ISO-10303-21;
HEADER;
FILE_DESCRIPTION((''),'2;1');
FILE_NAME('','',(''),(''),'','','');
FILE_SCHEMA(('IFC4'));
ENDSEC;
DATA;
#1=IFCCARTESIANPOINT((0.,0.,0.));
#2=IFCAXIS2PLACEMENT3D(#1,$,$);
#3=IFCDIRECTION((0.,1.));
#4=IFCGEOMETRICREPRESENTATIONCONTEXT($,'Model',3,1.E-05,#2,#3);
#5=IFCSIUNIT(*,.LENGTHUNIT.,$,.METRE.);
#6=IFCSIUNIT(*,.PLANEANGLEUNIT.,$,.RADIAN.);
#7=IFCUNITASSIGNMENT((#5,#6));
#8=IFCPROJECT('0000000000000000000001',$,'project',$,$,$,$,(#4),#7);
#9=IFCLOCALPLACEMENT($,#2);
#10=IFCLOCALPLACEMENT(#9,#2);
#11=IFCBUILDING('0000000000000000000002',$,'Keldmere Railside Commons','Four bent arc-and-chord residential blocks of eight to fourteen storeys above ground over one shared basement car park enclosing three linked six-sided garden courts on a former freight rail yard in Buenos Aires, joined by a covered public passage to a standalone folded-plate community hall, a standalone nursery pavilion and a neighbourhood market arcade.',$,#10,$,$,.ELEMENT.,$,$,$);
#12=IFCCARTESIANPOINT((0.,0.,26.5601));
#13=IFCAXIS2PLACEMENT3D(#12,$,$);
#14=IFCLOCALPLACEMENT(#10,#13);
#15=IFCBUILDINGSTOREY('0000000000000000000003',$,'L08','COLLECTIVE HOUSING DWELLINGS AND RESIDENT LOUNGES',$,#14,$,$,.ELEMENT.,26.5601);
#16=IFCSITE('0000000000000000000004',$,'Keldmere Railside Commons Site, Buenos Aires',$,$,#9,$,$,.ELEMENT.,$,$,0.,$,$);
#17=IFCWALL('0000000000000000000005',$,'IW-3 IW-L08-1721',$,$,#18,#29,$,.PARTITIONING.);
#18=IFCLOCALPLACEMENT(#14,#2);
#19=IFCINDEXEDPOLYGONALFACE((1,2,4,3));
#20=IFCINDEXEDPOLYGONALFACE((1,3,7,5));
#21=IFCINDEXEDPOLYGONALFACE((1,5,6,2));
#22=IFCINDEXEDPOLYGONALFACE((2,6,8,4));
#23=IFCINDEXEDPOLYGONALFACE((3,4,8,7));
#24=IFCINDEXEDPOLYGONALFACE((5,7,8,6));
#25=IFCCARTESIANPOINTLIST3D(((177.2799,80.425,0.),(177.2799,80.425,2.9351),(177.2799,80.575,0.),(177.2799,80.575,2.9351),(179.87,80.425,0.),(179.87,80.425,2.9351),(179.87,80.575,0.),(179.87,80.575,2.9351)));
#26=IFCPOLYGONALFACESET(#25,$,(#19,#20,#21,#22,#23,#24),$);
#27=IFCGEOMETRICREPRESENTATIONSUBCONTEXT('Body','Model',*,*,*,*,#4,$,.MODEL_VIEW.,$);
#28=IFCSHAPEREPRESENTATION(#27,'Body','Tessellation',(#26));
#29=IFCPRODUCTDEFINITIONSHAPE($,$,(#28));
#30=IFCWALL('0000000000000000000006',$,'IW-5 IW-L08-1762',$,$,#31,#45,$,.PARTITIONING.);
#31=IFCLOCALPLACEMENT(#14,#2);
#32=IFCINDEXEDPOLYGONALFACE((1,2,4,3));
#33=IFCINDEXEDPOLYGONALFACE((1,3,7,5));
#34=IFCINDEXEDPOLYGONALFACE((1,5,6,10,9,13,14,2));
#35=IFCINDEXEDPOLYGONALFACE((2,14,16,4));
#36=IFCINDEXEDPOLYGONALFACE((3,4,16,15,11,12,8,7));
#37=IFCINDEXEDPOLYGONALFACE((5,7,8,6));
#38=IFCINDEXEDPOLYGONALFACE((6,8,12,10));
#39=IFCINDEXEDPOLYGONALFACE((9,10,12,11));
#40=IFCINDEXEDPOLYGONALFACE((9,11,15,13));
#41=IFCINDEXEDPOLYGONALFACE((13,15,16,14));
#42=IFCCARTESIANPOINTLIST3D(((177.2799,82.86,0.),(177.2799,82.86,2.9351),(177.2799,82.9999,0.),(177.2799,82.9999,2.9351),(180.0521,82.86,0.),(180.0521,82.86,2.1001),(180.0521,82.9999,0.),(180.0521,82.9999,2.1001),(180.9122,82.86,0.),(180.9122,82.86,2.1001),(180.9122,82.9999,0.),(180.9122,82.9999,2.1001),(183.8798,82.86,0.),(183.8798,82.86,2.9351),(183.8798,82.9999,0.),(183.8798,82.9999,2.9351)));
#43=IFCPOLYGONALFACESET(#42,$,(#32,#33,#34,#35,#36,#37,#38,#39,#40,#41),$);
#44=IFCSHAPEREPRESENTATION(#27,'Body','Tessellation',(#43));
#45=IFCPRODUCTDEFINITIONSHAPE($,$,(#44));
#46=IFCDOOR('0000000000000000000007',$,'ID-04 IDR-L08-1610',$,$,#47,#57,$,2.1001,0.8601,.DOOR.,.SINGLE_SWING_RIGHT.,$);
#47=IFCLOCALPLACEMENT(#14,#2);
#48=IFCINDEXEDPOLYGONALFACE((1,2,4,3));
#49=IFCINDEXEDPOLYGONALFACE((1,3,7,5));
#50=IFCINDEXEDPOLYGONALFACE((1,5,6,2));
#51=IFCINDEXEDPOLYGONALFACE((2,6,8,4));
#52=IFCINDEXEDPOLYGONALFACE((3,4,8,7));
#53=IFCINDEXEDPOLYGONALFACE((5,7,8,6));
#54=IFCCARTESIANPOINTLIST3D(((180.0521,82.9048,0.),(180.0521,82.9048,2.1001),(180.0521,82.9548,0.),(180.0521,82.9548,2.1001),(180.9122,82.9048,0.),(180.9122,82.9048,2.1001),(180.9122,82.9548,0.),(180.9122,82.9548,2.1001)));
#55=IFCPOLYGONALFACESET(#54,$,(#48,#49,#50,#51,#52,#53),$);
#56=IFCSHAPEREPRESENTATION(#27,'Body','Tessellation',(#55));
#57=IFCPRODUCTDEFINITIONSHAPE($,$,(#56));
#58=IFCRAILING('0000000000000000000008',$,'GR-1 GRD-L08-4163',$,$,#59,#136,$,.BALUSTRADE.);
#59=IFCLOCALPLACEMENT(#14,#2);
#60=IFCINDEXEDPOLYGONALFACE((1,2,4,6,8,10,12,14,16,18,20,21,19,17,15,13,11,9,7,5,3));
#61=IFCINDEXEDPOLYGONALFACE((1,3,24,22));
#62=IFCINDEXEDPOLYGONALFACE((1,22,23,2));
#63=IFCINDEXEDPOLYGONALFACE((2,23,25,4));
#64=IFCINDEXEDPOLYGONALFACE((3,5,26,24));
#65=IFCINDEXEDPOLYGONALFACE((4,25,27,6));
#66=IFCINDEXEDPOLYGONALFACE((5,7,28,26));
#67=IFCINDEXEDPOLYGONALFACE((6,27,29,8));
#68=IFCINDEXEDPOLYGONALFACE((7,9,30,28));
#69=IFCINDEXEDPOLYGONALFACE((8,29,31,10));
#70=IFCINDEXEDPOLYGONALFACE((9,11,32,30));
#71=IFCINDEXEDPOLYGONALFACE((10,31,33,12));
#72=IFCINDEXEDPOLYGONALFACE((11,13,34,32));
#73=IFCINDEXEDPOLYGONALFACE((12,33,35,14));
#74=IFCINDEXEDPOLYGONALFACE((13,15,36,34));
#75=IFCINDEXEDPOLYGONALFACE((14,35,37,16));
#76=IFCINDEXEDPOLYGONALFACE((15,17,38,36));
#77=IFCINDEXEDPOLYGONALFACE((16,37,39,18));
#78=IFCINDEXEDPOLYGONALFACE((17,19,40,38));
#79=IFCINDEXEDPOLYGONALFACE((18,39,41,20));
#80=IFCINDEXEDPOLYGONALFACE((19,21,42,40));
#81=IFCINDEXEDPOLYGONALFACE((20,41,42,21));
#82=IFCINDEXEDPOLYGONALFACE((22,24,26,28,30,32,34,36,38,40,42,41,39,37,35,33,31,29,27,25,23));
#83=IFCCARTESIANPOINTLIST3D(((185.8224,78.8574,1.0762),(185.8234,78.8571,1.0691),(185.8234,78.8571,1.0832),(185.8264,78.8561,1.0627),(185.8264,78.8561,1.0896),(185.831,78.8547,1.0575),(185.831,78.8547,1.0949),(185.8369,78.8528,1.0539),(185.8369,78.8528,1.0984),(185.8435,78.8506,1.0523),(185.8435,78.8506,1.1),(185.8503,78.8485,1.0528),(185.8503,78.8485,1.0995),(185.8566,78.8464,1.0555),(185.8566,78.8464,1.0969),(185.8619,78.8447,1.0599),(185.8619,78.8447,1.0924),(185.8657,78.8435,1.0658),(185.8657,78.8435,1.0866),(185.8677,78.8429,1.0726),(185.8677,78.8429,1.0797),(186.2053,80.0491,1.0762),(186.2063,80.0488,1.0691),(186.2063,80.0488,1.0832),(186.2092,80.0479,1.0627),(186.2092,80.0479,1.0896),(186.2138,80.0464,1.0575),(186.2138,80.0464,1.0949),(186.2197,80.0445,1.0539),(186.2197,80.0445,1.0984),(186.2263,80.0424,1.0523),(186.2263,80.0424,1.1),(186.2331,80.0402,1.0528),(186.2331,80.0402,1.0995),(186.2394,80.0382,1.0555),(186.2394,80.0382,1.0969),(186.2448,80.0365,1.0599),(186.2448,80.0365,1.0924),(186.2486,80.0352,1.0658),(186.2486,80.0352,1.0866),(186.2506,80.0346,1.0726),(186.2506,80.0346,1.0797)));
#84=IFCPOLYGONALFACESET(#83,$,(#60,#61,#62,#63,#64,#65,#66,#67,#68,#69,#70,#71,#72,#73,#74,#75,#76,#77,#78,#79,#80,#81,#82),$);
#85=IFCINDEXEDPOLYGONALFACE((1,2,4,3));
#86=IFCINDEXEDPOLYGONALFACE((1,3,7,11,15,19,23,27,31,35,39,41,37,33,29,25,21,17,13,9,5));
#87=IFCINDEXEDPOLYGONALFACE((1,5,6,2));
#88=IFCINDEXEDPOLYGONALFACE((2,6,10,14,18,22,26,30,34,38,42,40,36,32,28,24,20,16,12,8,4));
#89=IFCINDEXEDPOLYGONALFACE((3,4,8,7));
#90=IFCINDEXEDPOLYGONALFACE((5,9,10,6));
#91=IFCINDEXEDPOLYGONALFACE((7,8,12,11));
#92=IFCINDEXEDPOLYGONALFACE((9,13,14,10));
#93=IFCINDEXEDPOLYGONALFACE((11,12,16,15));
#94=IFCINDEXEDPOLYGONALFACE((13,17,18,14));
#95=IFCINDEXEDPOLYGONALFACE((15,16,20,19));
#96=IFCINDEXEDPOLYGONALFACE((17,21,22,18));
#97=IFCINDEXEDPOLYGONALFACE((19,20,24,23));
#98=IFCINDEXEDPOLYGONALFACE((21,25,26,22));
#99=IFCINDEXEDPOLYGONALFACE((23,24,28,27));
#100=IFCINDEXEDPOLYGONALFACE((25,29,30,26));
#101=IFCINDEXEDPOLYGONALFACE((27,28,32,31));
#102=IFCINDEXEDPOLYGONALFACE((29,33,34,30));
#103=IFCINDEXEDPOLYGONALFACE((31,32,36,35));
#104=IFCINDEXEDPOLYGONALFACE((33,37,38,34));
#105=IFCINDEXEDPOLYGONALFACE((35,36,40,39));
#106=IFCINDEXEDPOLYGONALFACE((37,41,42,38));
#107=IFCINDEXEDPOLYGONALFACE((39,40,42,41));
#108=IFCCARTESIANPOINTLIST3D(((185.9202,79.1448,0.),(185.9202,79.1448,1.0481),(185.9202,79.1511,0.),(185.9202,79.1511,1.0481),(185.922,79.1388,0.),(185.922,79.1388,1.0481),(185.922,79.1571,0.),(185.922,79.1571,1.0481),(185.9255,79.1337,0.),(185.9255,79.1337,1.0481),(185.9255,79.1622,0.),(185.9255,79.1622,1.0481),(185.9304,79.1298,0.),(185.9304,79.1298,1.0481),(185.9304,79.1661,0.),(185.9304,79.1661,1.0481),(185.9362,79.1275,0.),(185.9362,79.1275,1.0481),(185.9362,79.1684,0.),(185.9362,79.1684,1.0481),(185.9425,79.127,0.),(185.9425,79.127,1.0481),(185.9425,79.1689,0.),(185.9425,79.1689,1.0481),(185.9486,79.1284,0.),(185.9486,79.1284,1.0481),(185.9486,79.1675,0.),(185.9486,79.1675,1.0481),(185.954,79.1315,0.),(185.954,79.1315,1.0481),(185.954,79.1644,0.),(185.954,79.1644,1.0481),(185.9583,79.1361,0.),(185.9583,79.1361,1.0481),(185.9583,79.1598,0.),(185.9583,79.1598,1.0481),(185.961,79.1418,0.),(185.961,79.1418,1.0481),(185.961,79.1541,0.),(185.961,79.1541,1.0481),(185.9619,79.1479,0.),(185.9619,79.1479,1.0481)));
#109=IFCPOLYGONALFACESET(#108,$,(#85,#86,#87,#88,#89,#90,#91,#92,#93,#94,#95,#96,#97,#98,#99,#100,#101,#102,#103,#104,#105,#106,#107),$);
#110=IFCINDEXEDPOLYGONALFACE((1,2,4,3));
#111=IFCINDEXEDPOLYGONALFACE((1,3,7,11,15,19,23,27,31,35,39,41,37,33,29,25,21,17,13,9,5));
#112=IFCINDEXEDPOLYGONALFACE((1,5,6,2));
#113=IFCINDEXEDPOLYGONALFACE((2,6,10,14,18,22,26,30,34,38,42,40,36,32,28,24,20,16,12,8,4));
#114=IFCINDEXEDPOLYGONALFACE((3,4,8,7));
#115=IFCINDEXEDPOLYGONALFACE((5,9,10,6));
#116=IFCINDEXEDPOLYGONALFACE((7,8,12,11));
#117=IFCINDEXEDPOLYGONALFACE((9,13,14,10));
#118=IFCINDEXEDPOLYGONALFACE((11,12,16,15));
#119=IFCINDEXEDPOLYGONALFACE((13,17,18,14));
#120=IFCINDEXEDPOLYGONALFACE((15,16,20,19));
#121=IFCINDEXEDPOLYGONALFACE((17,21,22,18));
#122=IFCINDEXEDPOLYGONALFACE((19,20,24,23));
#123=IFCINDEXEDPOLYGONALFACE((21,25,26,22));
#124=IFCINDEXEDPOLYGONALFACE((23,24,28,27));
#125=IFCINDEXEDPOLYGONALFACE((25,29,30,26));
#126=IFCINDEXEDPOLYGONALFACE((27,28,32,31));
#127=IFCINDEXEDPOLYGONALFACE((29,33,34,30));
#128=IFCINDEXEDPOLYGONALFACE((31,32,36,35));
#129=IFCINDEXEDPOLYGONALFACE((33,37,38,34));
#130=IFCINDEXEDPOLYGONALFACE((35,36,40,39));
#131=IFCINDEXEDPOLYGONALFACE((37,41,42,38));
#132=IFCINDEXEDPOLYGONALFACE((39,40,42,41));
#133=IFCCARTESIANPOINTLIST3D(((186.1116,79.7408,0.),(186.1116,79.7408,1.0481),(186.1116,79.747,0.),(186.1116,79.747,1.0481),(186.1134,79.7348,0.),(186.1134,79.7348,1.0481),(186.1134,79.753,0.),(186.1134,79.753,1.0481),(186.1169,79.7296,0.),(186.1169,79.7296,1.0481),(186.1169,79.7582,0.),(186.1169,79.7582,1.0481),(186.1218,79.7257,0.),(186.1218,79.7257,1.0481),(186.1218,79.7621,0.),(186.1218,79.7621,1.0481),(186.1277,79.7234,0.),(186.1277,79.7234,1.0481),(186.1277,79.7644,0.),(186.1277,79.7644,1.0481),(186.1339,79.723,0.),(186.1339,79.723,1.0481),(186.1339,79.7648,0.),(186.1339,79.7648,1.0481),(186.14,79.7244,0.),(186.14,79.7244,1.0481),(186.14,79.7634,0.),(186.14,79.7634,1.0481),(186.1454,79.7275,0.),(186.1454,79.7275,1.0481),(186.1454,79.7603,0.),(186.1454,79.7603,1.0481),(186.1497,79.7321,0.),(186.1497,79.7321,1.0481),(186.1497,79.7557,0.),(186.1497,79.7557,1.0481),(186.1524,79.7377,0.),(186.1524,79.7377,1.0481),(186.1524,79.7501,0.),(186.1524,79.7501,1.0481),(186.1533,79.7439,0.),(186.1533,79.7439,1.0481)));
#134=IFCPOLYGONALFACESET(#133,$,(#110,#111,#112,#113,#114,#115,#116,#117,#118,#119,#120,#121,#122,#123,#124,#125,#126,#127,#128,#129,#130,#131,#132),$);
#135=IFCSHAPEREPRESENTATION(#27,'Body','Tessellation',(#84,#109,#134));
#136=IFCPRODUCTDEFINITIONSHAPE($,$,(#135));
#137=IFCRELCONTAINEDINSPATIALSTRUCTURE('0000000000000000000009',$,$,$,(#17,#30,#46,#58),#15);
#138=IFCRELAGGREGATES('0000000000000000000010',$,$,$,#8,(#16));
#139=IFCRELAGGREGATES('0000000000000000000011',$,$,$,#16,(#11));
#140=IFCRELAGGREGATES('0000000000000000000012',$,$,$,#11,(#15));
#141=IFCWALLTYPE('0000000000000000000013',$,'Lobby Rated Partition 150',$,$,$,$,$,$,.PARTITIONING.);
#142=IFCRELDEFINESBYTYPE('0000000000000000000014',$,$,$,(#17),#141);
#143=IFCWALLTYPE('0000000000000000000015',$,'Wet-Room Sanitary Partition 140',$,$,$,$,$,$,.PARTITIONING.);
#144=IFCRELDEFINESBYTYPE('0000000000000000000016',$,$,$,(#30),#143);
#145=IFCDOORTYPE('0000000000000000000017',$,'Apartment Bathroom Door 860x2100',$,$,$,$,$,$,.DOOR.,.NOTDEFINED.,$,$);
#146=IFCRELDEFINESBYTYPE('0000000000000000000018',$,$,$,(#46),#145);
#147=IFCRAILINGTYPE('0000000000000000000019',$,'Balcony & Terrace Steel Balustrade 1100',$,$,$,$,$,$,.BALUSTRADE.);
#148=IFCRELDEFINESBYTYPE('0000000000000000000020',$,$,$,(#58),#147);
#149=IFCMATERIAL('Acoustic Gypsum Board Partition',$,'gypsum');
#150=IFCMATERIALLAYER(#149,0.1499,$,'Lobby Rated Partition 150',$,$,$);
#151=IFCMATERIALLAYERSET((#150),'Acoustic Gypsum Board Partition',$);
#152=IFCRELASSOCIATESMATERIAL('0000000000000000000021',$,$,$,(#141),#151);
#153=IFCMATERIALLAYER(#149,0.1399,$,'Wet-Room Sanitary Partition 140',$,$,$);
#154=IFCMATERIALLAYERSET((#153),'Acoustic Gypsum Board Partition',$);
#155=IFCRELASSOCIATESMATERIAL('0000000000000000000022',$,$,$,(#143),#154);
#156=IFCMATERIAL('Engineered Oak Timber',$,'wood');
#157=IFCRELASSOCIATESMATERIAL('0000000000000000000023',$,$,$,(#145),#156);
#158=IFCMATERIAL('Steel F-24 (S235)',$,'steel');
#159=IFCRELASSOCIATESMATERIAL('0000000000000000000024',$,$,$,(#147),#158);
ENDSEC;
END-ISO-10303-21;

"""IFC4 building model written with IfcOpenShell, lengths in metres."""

from ifc_helpers import new_model, si_unit, direction, frame, frame_2d, origin, origin_2d, place, context, subcontext, project, spatial, rectangle, circle, extrude, material, layer, layer_set, type_object, element, fill, save


model = new_model("IFC4")

# Units and contexts
model_context = context("Model", 3, precision=1e-05, world=origin(), true_north=direction((0.0, 1.0)))
body_context = subcontext(model_context, "Body", "Model", "MODEL_VIEW")
ifc_project = project(units=[si_unit("LENGTHUNIT", "METRE"), si_unit("PLANEANGLEUNIT", "RADIAN")], contexts=[model_context])

# Site, building, storey
site_placement = place(None, origin())
site = spatial("IfcSite", under=ifc_project, at=site_placement, Name="Keldmere Railside Commons Site, Buenos Aires", CompositionType="ELEMENT", RefElevation=0.0)
building_placement = place(site_placement, origin())
building = spatial("IfcBuilding", under=site, at=building_placement, Name="Keldmere Railside Commons", Description="Four bent arc-and-chord residential blocks of eight to fourteen storeys above ground over one shared basement car park enclosing three linked six-sided garden courts on a former freight rail yard in Buenos Aires, joined by a covered public passage to a standalone folded-plate community hall, a standalone nursery pavilion and a neighbourhood market arcade.", CompositionType="ELEMENT")
storey_placement = place(building_placement, frame((0.0, 0.0, 26.5601)))
storey = spatial("IfcBuildingStorey", under=building, at=storey_placement, Name="L08", Description="COLLECTIVE HOUSING DWELLINGS AND RESIDENT LOUNGES", CompositionType="ELEMENT", Elevation=26.5601)

# Shared definitions
ifc_material_1 = material(Name="Acoustic Gypsum Board Partition", Category="gypsum")
ifc_material_2 = material(Name="Engineered Oak Timber", Category="wood")

# Wall
ifc_layer_1 = layer(ifc_material_1, 0.1499, Name="Lobby Rated Partition 150")
ifc_layer_set_1 = layer_set([ifc_layer_1], Name="Acoustic Gypsum Board Partition")
wall_type_1 = type_object("IfcWallType", Name="Lobby Rated Partition 150", PredefinedType="PARTITIONING", material=ifc_layer_set_1)
wall_1_placement = place(storey_placement, frame((177.28, 80.5, 0.0), z_axis=(0.0, 0.0, 1.0), x_axis=(1.0, 0.0, 0.0)))
element("IfcWall", 1, at=wall_1_placement, inside=storey, type_object=wall_type_1, Name="IW-3 IW-L08-1721", PredefinedType="PARTITIONING", context=body_context, shape_type="SweptSolid", body=[
    extrude(rectangle(XDim=2.5901, YDim=0.1499, at=frame_2d((1.2949, 0.0))), origin(), (0.0, 0.0, 1.0), 2.9351),
])

# Wall, opening, door
ifc_layer_2 = layer(ifc_material_1, 0.1399, Name="Wet-Room Sanitary Partition 140")
ifc_layer_set_2 = layer_set([ifc_layer_2], Name="Acoustic Gypsum Board Partition")
wall_type_2 = type_object("IfcWallType", Name="Wet-Room Sanitary Partition 140", PredefinedType="PARTITIONING", material=ifc_layer_set_2)
wall_2_placement = place(storey_placement, frame((177.28, 82.9299, 0.0), z_axis=(0.0, 0.0, 1.0), x_axis=(1.0, 0.0, 0.0)))
wall_2 = element("IfcWall", 2, at=wall_2_placement, inside=storey, type_object=wall_type_2, Name="IW-5 IW-L08-1762", PredefinedType="PARTITIONING", context=body_context, shape_type="SweptSolid", body=[
    extrude(rectangle(XDim=6.5999, YDim=0.1399, at=frame_2d((3.2998, 0.0))), origin(), (0.0, 0.0, 1.0), 2.9351),
])
opening_1_placement = place(wall_2_placement, frame((2.772, 0.0, 0.0)))
opening_1 = element("IfcOpeningElement", 3, at=opening_1_placement, cuts=wall_2, PredefinedType="OPENING", context=body_context, shape_type="SweptSolid", body=[
    extrude(rectangle(XDim=0.8601, YDim=2.1001, at=frame_2d((0.4302, 1.05))), frame((0.0, 0.0798, 0.0), z_axis=(0.0, -1.0, 0.0), x_axis=(1.0, 0.0, 0.0)), (0.0, 0.0, 1.0), 0.1599),
])
door_type_1 = type_object("IfcDoorType", Name="Apartment Bathroom Door 860x2100", OperationType="NOTDEFINED", PredefinedType="DOOR", material=ifc_material_2)
door_1_placement = place(opening_1_placement, origin())
door_1 = element("IfcDoor", 4, at=door_1_placement, inside=storey, type_object=door_type_1, Name="ID-04 IDR-L08-1610", OperationType="SINGLE_SWING_RIGHT", OverallHeight=2.1001, OverallWidth=0.8601, PredefinedType="DOOR", context=body_context, shape_type="SweptSolid", body=[
    extrude(rectangle(XDim=0.8601, YDim=2.1001, at=frame_2d((0.4302, 1.05))), frame((0.0, 0.0249, 0.0), z_axis=(0.0, -1.0, 0.0), x_axis=(1.0, 0.0, 0.0)), (0.0, 0.0, 1.0), 0.05),
])
fill(opening_1, door_1)

# Railing
ifc_material_3 = material(Name="Steel F-24 (S235)", Category="steel")
railing_type = type_object("IfcRailingType", Name="Balcony & Terrace Steel Balustrade 1100", PredefinedType="BALUSTRADE", material=ifc_material_3)
railing_1_placement = place(storey_placement, frame((185.8452, 78.8501, 0.0)))
element("IfcRailing", 5, at=railing_1_placement, inside=storey, type_object=railing_type, Name="GR-1 GRD-L08-4163", PredefinedType="BALUSTRADE", context=body_context, shape_type="SweptSolid", body=[
    extrude(circle(Radius=0.0239, at=origin_2d()), frame((0.0, 0.0, 1.0762), z_axis=(0.305851, 0.952079, 0.0), x_axis=(-0.952079, 0.305851, 0.0)), (0.0, 0.0, 1.0), 1.2517),
    extrude(circle(Radius=0.021, at=origin_2d()), frame((0.0957, 0.2979, 0.0)), (0.0, 0.0, 1.0), 1.0481),
    extrude(circle(Radius=0.021, at=origin_2d()), frame((0.2871, 0.8938, 0.0)), (0.0, 0.0, 1.0), 1.0481),
])

save(model, "model.ifc")
